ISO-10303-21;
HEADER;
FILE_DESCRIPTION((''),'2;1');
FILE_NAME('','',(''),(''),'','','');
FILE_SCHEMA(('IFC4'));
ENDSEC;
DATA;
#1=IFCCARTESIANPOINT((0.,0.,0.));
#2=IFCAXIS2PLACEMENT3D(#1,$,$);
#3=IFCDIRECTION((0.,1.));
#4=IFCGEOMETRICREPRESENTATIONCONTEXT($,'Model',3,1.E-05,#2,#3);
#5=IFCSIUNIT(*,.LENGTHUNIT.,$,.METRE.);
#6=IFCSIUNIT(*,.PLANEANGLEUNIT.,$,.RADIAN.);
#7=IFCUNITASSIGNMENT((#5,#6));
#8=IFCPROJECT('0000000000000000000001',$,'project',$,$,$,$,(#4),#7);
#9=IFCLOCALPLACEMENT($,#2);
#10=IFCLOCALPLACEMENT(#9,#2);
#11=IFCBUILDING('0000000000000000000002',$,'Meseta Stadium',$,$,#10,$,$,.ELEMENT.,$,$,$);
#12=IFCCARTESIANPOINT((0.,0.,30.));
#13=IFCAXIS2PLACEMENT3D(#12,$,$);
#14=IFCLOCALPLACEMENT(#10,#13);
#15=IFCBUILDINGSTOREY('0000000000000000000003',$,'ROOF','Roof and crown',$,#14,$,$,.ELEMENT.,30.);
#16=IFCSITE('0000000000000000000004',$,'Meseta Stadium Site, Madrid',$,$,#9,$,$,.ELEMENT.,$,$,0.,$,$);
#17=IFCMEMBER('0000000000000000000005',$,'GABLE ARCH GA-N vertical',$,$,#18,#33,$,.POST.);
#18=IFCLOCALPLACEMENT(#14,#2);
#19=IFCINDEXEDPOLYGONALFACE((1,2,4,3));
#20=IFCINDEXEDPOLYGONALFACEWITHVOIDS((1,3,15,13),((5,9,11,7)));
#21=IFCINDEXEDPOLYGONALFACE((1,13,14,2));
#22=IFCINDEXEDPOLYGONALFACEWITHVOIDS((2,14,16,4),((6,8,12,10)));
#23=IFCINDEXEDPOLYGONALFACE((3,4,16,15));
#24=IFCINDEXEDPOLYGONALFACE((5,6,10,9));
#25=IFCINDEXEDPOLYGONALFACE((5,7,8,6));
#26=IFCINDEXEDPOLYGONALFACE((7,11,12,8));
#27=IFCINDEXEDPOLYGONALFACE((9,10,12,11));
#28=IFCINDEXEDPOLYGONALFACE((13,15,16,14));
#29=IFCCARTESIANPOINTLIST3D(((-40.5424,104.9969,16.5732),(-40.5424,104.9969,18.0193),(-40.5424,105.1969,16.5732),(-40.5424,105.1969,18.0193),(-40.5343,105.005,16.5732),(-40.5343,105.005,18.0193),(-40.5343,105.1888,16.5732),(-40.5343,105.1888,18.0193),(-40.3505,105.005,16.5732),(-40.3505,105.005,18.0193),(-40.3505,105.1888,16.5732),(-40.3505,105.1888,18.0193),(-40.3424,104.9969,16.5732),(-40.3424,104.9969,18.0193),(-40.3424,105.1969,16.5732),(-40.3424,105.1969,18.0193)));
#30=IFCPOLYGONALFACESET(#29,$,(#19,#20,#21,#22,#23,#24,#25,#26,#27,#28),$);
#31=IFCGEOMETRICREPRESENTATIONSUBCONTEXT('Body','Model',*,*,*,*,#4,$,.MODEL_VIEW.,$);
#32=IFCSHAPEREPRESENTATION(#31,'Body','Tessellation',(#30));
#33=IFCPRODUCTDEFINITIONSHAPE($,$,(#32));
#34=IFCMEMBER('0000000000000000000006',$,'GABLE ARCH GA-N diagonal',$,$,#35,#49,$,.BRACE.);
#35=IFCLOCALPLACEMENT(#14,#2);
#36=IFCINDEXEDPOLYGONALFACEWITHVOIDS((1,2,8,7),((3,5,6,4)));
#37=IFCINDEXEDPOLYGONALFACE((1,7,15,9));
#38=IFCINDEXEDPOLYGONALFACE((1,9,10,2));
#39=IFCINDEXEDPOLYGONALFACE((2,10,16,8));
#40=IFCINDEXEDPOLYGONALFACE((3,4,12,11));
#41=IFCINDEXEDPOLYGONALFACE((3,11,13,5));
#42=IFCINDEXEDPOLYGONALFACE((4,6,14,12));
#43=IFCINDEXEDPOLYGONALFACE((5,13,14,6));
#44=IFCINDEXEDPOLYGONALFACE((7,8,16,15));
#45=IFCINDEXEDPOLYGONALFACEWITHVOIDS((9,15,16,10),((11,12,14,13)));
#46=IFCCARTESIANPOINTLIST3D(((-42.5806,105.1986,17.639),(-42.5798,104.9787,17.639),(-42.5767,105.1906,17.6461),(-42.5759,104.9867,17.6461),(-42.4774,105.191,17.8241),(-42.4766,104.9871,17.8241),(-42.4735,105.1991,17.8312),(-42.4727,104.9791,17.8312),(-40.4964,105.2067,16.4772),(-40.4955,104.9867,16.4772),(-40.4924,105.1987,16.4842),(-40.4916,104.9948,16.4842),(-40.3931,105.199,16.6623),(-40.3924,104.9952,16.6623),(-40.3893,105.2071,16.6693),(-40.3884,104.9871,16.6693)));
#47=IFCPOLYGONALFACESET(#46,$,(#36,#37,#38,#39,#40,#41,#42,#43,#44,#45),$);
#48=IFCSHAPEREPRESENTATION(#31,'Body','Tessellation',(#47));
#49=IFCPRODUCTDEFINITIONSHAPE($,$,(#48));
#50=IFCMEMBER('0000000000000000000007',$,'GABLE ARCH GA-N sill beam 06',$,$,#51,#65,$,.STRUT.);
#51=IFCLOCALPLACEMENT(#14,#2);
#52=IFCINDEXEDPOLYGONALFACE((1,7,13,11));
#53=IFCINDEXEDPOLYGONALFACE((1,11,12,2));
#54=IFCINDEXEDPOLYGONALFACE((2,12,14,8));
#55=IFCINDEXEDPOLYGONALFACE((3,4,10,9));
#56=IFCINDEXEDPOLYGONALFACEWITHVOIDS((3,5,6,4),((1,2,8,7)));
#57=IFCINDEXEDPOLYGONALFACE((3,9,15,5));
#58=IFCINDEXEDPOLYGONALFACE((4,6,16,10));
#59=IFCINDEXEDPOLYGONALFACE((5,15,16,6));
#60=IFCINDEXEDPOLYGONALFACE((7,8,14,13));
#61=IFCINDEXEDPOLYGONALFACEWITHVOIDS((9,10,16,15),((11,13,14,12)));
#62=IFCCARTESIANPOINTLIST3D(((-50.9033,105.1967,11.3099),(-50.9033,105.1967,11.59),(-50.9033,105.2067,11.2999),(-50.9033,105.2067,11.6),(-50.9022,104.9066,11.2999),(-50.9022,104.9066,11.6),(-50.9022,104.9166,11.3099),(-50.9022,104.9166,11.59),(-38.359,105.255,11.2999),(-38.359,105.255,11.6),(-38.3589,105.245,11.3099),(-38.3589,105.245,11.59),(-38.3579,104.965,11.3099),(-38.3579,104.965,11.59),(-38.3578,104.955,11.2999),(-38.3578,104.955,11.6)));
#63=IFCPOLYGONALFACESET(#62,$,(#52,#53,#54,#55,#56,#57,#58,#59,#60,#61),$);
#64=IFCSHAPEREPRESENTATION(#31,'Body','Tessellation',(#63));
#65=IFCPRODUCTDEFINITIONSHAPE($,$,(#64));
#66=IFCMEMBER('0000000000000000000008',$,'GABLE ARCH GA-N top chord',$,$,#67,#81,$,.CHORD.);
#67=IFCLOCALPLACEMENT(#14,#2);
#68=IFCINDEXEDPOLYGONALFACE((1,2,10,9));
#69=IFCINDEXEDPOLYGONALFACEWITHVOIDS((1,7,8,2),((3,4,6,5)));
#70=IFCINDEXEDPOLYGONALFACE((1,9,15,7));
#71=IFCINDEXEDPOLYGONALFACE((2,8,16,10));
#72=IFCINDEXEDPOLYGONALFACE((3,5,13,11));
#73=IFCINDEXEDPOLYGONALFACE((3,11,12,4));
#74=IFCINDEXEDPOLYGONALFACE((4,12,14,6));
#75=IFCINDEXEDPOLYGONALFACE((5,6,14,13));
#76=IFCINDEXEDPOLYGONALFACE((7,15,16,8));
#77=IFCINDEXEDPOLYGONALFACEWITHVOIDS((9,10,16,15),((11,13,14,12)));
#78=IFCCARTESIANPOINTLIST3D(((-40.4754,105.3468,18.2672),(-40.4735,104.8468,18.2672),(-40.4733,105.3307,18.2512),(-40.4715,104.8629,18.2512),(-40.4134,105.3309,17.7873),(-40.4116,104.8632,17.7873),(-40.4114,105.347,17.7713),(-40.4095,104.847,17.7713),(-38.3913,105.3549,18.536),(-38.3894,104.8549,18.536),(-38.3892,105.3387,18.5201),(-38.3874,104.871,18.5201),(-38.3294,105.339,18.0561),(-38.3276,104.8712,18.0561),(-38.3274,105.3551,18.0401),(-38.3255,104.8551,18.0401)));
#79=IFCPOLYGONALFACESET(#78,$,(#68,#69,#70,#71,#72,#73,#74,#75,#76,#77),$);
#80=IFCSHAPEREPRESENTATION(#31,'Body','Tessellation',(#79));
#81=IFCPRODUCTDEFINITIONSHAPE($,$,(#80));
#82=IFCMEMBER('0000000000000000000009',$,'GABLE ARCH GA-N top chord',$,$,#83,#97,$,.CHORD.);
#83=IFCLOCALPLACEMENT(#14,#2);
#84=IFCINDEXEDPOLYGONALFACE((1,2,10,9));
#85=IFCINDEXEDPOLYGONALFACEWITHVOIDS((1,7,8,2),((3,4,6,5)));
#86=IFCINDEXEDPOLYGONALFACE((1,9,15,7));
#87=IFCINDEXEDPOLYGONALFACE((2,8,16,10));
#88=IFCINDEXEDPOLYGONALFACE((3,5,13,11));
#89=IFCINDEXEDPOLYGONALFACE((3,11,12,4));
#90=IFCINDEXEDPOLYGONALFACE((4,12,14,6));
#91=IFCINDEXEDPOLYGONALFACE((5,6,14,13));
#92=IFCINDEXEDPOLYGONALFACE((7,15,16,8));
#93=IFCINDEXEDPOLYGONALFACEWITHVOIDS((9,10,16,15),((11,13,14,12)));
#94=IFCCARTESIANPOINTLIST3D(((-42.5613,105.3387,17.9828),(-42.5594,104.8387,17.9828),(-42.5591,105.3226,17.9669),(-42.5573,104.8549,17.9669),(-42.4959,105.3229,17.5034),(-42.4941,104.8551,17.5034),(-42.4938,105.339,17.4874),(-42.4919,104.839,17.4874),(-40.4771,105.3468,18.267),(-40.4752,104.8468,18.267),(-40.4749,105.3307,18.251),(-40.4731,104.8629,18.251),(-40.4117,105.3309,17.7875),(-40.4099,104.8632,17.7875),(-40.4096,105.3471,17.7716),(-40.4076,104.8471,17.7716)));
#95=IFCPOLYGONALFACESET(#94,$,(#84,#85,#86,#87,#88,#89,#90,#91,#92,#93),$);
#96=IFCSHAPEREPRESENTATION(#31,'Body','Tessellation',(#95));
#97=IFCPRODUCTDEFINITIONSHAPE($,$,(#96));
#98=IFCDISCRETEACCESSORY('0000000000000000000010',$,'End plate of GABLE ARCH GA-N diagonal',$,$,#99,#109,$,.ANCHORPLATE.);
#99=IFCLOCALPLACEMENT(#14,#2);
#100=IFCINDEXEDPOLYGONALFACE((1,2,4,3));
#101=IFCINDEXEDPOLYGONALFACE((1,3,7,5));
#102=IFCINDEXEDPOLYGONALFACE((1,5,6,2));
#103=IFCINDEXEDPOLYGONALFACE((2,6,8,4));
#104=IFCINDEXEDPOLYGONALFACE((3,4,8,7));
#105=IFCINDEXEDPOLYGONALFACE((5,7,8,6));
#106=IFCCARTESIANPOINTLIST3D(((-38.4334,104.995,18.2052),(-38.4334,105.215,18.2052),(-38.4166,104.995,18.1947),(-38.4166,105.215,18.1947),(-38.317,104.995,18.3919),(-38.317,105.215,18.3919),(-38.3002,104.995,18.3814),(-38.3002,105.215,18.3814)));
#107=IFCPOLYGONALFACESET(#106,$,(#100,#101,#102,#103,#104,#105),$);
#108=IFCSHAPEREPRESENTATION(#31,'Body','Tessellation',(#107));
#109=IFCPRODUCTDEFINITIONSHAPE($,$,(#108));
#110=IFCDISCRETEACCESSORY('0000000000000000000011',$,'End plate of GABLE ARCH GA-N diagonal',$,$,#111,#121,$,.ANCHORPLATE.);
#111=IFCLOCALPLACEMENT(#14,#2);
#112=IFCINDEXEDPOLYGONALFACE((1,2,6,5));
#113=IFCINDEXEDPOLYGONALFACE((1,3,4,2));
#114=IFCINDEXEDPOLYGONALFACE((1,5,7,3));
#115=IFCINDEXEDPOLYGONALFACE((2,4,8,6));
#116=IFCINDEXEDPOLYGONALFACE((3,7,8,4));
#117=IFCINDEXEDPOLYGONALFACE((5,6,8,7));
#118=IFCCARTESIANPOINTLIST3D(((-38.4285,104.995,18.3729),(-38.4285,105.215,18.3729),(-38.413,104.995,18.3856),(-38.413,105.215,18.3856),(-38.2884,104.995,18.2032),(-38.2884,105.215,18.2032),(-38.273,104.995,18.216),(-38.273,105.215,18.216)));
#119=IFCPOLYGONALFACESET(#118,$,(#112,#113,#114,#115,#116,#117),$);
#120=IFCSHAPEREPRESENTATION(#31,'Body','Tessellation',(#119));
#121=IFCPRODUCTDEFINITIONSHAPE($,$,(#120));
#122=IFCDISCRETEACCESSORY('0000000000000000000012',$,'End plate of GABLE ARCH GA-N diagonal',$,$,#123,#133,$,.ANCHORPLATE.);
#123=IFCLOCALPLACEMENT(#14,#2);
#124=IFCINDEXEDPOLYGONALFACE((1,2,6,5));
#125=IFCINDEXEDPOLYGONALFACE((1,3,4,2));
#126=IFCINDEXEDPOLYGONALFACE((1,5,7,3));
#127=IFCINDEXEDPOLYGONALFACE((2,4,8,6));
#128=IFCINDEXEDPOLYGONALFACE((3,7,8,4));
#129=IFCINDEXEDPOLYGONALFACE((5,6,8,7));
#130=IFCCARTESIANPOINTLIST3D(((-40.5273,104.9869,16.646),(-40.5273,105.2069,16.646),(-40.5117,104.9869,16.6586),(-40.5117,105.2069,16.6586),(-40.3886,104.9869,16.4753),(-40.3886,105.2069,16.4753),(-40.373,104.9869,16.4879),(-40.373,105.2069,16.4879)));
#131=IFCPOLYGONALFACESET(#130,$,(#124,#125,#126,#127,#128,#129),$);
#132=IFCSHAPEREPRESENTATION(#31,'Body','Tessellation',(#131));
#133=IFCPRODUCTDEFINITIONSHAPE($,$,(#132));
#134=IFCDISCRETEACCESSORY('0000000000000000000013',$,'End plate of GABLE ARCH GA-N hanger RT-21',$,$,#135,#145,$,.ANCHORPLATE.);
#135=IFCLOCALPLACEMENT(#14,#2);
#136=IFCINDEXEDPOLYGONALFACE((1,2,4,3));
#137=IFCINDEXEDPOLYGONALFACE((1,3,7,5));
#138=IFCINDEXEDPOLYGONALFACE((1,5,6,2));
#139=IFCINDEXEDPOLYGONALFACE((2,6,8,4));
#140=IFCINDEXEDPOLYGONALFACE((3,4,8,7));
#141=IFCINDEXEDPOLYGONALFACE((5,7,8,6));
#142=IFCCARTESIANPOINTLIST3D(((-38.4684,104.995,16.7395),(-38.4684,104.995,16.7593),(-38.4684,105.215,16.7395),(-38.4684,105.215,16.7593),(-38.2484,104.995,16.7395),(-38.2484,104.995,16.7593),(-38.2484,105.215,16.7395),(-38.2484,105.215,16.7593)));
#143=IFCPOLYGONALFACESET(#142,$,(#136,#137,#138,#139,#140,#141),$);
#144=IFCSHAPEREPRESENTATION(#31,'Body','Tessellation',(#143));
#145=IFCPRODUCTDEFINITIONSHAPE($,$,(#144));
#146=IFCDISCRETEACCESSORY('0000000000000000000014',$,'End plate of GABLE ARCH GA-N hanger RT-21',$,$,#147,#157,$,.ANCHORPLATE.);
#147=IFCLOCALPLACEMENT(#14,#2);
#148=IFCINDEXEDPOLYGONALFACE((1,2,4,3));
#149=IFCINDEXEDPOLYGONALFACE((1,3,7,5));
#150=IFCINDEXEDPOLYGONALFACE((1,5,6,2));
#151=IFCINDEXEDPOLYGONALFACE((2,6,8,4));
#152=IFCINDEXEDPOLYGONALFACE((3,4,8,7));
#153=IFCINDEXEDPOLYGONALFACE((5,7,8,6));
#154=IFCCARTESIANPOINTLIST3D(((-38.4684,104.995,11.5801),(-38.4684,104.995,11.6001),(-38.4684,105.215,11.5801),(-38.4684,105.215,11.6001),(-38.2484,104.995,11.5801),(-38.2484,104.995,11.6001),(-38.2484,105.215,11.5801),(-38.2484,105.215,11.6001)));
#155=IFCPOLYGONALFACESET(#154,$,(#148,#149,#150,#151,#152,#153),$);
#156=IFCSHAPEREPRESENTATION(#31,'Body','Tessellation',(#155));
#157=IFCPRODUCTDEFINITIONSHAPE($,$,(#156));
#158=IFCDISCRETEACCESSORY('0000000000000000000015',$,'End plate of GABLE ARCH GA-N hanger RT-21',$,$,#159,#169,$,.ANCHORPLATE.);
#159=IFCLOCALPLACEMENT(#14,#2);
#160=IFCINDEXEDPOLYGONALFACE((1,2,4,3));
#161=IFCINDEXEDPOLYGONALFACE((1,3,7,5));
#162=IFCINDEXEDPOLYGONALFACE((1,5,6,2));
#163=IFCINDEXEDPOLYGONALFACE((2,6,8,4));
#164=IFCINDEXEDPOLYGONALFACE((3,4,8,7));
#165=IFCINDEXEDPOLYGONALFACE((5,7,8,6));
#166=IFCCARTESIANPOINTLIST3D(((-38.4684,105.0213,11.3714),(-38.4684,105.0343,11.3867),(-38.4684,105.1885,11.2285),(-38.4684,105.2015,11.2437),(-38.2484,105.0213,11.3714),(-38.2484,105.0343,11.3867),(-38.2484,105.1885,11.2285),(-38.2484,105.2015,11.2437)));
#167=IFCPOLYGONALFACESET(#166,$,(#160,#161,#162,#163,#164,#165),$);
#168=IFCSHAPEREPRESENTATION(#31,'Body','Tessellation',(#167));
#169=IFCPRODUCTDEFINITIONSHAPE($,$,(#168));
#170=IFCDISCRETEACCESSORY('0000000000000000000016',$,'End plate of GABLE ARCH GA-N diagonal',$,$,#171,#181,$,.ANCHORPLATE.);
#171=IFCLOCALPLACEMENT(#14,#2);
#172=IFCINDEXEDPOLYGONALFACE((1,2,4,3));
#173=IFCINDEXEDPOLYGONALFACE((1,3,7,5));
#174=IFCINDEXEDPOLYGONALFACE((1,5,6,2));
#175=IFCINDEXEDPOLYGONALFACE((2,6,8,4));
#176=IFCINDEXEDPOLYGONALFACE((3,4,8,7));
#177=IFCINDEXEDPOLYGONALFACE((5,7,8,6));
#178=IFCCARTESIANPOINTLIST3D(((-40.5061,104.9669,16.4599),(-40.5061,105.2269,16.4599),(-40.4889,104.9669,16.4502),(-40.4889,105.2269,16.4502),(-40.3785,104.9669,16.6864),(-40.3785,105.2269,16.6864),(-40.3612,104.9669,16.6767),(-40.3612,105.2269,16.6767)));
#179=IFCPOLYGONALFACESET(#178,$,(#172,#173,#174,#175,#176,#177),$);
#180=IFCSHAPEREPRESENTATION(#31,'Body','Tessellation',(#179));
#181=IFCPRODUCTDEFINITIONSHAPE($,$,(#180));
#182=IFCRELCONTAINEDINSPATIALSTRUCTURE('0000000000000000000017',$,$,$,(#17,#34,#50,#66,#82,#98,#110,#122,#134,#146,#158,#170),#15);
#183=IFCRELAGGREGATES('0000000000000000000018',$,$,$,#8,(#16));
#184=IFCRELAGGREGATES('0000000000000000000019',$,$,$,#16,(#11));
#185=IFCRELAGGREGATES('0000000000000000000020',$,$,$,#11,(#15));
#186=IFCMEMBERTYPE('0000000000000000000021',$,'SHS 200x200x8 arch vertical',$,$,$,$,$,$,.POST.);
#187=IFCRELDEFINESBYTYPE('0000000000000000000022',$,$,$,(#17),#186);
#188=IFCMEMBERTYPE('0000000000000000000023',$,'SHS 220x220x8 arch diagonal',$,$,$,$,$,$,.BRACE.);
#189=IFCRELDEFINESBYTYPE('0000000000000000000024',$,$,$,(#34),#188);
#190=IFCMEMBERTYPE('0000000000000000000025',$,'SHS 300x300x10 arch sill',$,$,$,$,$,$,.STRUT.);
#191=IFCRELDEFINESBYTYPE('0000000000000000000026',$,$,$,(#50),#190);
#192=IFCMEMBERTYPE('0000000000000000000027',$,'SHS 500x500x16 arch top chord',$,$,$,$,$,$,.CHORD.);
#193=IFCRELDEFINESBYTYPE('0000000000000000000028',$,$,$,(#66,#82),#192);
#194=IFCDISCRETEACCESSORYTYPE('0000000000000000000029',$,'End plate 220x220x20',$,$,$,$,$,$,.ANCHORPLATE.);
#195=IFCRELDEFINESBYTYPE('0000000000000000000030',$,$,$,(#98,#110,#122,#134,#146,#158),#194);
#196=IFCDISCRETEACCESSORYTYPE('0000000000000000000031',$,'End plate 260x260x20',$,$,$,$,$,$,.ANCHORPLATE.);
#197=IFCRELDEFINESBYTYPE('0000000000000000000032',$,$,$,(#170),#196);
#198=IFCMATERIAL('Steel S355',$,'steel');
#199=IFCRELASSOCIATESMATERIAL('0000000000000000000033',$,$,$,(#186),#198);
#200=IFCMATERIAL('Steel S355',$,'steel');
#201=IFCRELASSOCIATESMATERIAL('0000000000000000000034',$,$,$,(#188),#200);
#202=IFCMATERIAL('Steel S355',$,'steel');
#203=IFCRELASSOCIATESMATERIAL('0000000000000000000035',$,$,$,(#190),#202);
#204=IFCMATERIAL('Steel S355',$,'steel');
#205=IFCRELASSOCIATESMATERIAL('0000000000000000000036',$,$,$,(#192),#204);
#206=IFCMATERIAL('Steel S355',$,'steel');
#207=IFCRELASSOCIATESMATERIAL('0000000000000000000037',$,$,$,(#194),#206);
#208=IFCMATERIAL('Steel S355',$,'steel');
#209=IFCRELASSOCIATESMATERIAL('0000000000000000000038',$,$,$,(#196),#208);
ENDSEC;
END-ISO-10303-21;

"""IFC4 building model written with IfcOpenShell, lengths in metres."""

from ifc_helpers import new_model, si_unit, direction, frame, origin, origin_2d, place, context, subcontext, project, spatial, rectangle, hollow_rectangle, extrude, material, material_profile, profile_set, type_object, element, save


model = new_model("IFC4")

# Units and contexts
model_context = context("Model", 3, precision=1e-05, world=origin(), true_north=direction((0.0, 1.0)))
body_context = subcontext(model_context, "Body", "Model", "MODEL_VIEW")
ifc_project = project(units=[si_unit("LENGTHUNIT", "METRE"), si_unit("PLANEANGLEUNIT", "RADIAN")], contexts=[model_context])

# Site, building, storey
site_placement = place(None, origin())
site = spatial("IfcSite", under=ifc_project, at=site_placement, Name="Meseta Stadium Site, Madrid", CompositionType="ELEMENT", RefElevation=0.0)
building_placement = place(site_placement, origin())
building = spatial("IfcBuilding", under=site, at=building_placement, Name="Meseta Stadium", CompositionType="ELEMENT")
storey_placement = place(building_placement, frame((0.0, 0.0, 30.0)))
storey = spatial("IfcBuildingStorey", under=building, at=storey_placement, Name="ROOF", Description="Roof and crown", CompositionType="ELEMENT", Elevation=30.0)

# Members
ifc_material_1 = material(Name="Steel S355", Category="steel")
ifc_material_profile_1 = material_profile(ifc_material_1, hollow_rectangle(XDim=0.2, YDim=0.2, WallThickness=0.0081, at=origin_2d()), Name="SHS 200x200x8")
ifc_profile_set_1 = profile_set([ifc_material_profile_1], Name="Steel S355")
member_type_1 = type_object("IfcMemberType", Name="SHS 200x200x8 arch vertical", PredefinedType="POST", material=ifc_profile_set_1)
member_1_placement = place(storey_placement, frame((-40.4424, 105.0969, 16.5732), z_axis=(0.0, 0.0, 1.0), x_axis=(1.0, 0.0, 0.0)))
element("IfcMember", 1, at=member_1_placement, inside=storey, type_object=member_type_1, Name="GABLE ARCH GA-N vertical", PredefinedType="POST", context=body_context, shape_type="SweptSolid", body=[
    extrude(hollow_rectangle(XDim=0.2, YDim=0.2, WallThickness=0.0081, at=origin_2d()), origin(), (0.0, 0.0, 1.0), 1.446),
])
ifc_material_2 = material(Name="Steel S355", Category="steel")
ifc_material_profile_2 = material_profile(ifc_material_2, hollow_rectangle(XDim=0.22, YDim=0.22, WallThickness=0.0081, at=origin_2d()), Name="SHS 220x220x8")
ifc_profile_set_2 = profile_set([ifc_material_profile_2], Name="Steel S355")
member_type_2 = type_object("IfcMemberType", Name="SHS 220x220x8 arch diagonal", PredefinedType="BRACE", material=ifc_profile_set_2)
member_2_placement = place(storey_placement, frame((-40.4424, 105.0969, 16.5732), z_axis=(-0.873447, -0.003376, 0.486908), x_axis=(0.003865, -0.999993, 0.0)))
element("IfcMember", 2, at=member_2_placement, inside=storey, type_object=member_type_2, Name="GABLE ARCH GA-N diagonal", PredefinedType="BRACE", context=body_context, shape_type="SweptSolid", body=[
    extrude(hollow_rectangle(XDim=0.22, YDim=0.22, WallThickness=0.0081, at=origin_2d()), origin(), (0.0, 0.0, 1.0), 2.3862),
])
ifc_material_3 = material(Name="Steel S355", Category="steel")
ifc_material_profile_3 = material_profile(ifc_material_3, hollow_rectangle(XDim=0.3, YDim=0.3, WallThickness=0.01, at=origin_2d()), Name="SHS 300x300x10")
ifc_profile_set_3 = profile_set([ifc_material_profile_3], Name="Steel S355")
member_type_3 = type_object("IfcMemberType", Name="SHS 300x300x10 arch sill", PredefinedType="STRUT", material=ifc_profile_set_3)
member_3_placement = place(storey_placement, frame((-38.3584, 105.105, 11.45), z_axis=(-0.999993, -0.003853, 0.0), x_axis=(0.003853, -0.999993, 0.0)))
element("IfcMember", 3, at=member_3_placement, inside=storey, type_object=member_type_3, Name="GABLE ARCH GA-N sill beam 06", PredefinedType="STRUT", context=body_context, shape_type="SweptSolid", body=[
    extrude(hollow_rectangle(XDim=0.3, YDim=0.3, WallThickness=0.01, at=origin_2d()), origin(), (0.0, 0.0, 1.0), 12.5444),
])
ifc_material_4 = material(Name="Steel S355", Category="steel")
ifc_material_profile_4 = material_profile(ifc_material_4, hollow_rectangle(XDim=0.5, YDim=0.5, WallThickness=0.0161, at=origin_2d()), Name="SHS 500x500x16")
ifc_profile_set_4 = profile_set([ifc_material_profile_4], Name="Steel S355")
member_type_4 = type_object("IfcMemberType", Name="SHS 500x500x16 arch top chord", PredefinedType="CHORD", material=ifc_profile_set_4)
member_4_placement = place(storey_placement, frame((-38.3584, 105.105, 18.2881), z_axis=(-0.991777, -0.003834, -0.127922), x_axis=(0.003866, -0.999993, 0.0)))
element("IfcMember", 4, at=member_4_placement, inside=storey, type_object=member_type_4, Name="GABLE ARCH GA-N top chord", PredefinedType="CHORD", context=body_context, shape_type="SweptSolid", body=[
    extrude(hollow_rectangle(XDim=0.5, YDim=0.5, WallThickness=0.0161, at=origin_2d()), origin(), (0.0, 0.0, 1.0), 2.1013),
])
member_5_placement = place(storey_placement, frame((-40.4424, 105.0969, 18.0193), z_axis=(-0.990825, -0.00383, -0.135097), x_axis=(0.003865, -0.999993, 0.0)))
element("IfcMember", 5, at=member_5_placement, inside=storey, type_object=member_type_4, Name="GABLE ARCH GA-N top chord", PredefinedType="CHORD", context=body_context, shape_type="SweptSolid", body=[
    extrude(hollow_rectangle(XDim=0.5, YDim=0.5, WallThickness=0.0161, at=origin_2d()), origin(), (0.0, 0.0, 1.0), 2.1035),
])

# Discrete accessories
ifc_material_5 = material(Name="Steel S355", Category="steel")
ifc_material_profile_5 = material_profile(ifc_material_5, rectangle(XDim=0.22, YDim=0.22, at=origin_2d()), Name="PL 220x220")
ifc_profile_set_5 = profile_set([ifc_material_profile_5], Name="Steel S355")
discrete_accessory_type_1 = type_object("IfcDiscreteAccessoryType", Name="End plate 220x220x20", PredefinedType="ANCHORPLATE", material=ifc_profile_set_5)
discrete_accessory_1_placement = place(storey_placement, frame((-38.3584, 105.105, 18.2881), z_axis=(-0.848689, 0.0, 0.528893), x_axis=(0.0, -1.0, 0.0)))
element("IfcDiscreteAccessory", 6, at=discrete_accessory_1_placement, inside=storey, type_object=discrete_accessory_type_1, Name="End plate of GABLE ARCH GA-N diagonal", PredefinedType="ANCHORPLATE", context=body_context, shape_type="SweptSolid", body=[
    extrude(rectangle(XDim=0.22, YDim=0.22, at=origin_2d()), origin(), (0.0, 0.0, 1.0), 0.0198),
])
for number, where, z_axis, x_axis, name in (
    (7, (-38.343, 105.105, 18.3008), (-0.771223, 0.0, -0.636565), (0.0, -1.0, 0.0), "End plate of GABLE ARCH GA-N diagonal"),
    (8, (-40.4424, 105.0969, 16.5732), (-0.776114, 0.0, -0.630593), (0.0, -1.0, 0.0), "End plate of GABLE ARCH GA-N diagonal"),
):
    element("IfcDiscreteAccessory", number, at=place(storey_placement, frame(where, z_axis=z_axis, x_axis=x_axis)), inside=storey, type_object=discrete_accessory_type_1, Name=name, PredefinedType="ANCHORPLATE", context=body_context, shape_type="SweptSolid", body=[
        extrude(rectangle(XDim=0.22, YDim=0.22, at=origin_2d()), origin(), (0.0, 0.0, 1.0), 0.02),
    ])
discrete_accessory_2_placement = place(storey_placement, frame((-38.3584, 105.105, 16.7593), z_axis=(0.0, 0.0, -1.0), x_axis=(1.0, 0.0, 0.0)))
element("IfcDiscreteAccessory", 9, at=discrete_accessory_2_placement, inside=storey, type_object=discrete_accessory_type_1, Name="End plate of GABLE ARCH GA-N hanger RT-21", PredefinedType="ANCHORPLATE", context=body_context, shape_type="SweptSolid", body=[
    extrude(rectangle(XDim=0.22, YDim=0.22, at=origin_2d()), origin(), (0.0, 0.0, 1.0), 0.0198),
])
for number, where, z_axis, x_axis, name in (
    (10, (-38.3584, 105.105, 11.6001), (0.0, 0.0, -1.0), (1.0, 0.0, 0.0), "End plate of GABLE ARCH GA-N hanger RT-21"),
    (11, (-38.3584, 105.1179, 11.3152), (0.0, -0.649781, -0.760121), (1.0, 0.0, 0.0), "End plate of GABLE ARCH GA-N hanger RT-21"),
):
    element("IfcDiscreteAccessory", number, at=place(storey_placement, frame(where, z_axis=z_axis, x_axis=x_axis)), inside=storey, type_object=discrete_accessory_type_1, Name=name, PredefinedType="ANCHORPLATE", context=body_context, shape_type="SweptSolid", body=[
        extrude(rectangle(XDim=0.22, YDim=0.22, at=origin_2d()), origin(), (0.0, 0.0, 1.0), 0.02),
    ])
ifc_material_6 = material(Name="Steel S355", Category="steel")
ifc_material_profile_6 = material_profile(ifc_material_6, rectangle(XDim=0.26, YDim=0.26, at=origin_2d()), Name="PL 260x260")
ifc_profile_set_6 = profile_set([ifc_material_profile_6], Name="Steel S355")
discrete_accessory_type_2 = type_object("IfcDiscreteAccessoryType", Name="End plate 260x260x20", PredefinedType="ANCHORPLATE", material=ifc_profile_set_6)
discrete_accessory_3_placement = place(storey_placement, frame((-40.425, 105.0969, 16.5635), z_axis=(-0.871248, 0.0, 0.490844), x_axis=(0.0, -1.0, 0.0)))
element("IfcDiscreteAccessory", 12, at=discrete_accessory_3_placement, inside=storey, type_object=discrete_accessory_type_2, Name="End plate of GABLE ARCH GA-N diagonal", PredefinedType="ANCHORPLATE", context=body_context, shape_type="SweptSolid", body=[
    extrude(rectangle(XDim=0.26, YDim=0.26, at=origin_2d()), origin(), (0.0, 0.0, 1.0), 0.0198),
])

save(model, "model.ifc")
